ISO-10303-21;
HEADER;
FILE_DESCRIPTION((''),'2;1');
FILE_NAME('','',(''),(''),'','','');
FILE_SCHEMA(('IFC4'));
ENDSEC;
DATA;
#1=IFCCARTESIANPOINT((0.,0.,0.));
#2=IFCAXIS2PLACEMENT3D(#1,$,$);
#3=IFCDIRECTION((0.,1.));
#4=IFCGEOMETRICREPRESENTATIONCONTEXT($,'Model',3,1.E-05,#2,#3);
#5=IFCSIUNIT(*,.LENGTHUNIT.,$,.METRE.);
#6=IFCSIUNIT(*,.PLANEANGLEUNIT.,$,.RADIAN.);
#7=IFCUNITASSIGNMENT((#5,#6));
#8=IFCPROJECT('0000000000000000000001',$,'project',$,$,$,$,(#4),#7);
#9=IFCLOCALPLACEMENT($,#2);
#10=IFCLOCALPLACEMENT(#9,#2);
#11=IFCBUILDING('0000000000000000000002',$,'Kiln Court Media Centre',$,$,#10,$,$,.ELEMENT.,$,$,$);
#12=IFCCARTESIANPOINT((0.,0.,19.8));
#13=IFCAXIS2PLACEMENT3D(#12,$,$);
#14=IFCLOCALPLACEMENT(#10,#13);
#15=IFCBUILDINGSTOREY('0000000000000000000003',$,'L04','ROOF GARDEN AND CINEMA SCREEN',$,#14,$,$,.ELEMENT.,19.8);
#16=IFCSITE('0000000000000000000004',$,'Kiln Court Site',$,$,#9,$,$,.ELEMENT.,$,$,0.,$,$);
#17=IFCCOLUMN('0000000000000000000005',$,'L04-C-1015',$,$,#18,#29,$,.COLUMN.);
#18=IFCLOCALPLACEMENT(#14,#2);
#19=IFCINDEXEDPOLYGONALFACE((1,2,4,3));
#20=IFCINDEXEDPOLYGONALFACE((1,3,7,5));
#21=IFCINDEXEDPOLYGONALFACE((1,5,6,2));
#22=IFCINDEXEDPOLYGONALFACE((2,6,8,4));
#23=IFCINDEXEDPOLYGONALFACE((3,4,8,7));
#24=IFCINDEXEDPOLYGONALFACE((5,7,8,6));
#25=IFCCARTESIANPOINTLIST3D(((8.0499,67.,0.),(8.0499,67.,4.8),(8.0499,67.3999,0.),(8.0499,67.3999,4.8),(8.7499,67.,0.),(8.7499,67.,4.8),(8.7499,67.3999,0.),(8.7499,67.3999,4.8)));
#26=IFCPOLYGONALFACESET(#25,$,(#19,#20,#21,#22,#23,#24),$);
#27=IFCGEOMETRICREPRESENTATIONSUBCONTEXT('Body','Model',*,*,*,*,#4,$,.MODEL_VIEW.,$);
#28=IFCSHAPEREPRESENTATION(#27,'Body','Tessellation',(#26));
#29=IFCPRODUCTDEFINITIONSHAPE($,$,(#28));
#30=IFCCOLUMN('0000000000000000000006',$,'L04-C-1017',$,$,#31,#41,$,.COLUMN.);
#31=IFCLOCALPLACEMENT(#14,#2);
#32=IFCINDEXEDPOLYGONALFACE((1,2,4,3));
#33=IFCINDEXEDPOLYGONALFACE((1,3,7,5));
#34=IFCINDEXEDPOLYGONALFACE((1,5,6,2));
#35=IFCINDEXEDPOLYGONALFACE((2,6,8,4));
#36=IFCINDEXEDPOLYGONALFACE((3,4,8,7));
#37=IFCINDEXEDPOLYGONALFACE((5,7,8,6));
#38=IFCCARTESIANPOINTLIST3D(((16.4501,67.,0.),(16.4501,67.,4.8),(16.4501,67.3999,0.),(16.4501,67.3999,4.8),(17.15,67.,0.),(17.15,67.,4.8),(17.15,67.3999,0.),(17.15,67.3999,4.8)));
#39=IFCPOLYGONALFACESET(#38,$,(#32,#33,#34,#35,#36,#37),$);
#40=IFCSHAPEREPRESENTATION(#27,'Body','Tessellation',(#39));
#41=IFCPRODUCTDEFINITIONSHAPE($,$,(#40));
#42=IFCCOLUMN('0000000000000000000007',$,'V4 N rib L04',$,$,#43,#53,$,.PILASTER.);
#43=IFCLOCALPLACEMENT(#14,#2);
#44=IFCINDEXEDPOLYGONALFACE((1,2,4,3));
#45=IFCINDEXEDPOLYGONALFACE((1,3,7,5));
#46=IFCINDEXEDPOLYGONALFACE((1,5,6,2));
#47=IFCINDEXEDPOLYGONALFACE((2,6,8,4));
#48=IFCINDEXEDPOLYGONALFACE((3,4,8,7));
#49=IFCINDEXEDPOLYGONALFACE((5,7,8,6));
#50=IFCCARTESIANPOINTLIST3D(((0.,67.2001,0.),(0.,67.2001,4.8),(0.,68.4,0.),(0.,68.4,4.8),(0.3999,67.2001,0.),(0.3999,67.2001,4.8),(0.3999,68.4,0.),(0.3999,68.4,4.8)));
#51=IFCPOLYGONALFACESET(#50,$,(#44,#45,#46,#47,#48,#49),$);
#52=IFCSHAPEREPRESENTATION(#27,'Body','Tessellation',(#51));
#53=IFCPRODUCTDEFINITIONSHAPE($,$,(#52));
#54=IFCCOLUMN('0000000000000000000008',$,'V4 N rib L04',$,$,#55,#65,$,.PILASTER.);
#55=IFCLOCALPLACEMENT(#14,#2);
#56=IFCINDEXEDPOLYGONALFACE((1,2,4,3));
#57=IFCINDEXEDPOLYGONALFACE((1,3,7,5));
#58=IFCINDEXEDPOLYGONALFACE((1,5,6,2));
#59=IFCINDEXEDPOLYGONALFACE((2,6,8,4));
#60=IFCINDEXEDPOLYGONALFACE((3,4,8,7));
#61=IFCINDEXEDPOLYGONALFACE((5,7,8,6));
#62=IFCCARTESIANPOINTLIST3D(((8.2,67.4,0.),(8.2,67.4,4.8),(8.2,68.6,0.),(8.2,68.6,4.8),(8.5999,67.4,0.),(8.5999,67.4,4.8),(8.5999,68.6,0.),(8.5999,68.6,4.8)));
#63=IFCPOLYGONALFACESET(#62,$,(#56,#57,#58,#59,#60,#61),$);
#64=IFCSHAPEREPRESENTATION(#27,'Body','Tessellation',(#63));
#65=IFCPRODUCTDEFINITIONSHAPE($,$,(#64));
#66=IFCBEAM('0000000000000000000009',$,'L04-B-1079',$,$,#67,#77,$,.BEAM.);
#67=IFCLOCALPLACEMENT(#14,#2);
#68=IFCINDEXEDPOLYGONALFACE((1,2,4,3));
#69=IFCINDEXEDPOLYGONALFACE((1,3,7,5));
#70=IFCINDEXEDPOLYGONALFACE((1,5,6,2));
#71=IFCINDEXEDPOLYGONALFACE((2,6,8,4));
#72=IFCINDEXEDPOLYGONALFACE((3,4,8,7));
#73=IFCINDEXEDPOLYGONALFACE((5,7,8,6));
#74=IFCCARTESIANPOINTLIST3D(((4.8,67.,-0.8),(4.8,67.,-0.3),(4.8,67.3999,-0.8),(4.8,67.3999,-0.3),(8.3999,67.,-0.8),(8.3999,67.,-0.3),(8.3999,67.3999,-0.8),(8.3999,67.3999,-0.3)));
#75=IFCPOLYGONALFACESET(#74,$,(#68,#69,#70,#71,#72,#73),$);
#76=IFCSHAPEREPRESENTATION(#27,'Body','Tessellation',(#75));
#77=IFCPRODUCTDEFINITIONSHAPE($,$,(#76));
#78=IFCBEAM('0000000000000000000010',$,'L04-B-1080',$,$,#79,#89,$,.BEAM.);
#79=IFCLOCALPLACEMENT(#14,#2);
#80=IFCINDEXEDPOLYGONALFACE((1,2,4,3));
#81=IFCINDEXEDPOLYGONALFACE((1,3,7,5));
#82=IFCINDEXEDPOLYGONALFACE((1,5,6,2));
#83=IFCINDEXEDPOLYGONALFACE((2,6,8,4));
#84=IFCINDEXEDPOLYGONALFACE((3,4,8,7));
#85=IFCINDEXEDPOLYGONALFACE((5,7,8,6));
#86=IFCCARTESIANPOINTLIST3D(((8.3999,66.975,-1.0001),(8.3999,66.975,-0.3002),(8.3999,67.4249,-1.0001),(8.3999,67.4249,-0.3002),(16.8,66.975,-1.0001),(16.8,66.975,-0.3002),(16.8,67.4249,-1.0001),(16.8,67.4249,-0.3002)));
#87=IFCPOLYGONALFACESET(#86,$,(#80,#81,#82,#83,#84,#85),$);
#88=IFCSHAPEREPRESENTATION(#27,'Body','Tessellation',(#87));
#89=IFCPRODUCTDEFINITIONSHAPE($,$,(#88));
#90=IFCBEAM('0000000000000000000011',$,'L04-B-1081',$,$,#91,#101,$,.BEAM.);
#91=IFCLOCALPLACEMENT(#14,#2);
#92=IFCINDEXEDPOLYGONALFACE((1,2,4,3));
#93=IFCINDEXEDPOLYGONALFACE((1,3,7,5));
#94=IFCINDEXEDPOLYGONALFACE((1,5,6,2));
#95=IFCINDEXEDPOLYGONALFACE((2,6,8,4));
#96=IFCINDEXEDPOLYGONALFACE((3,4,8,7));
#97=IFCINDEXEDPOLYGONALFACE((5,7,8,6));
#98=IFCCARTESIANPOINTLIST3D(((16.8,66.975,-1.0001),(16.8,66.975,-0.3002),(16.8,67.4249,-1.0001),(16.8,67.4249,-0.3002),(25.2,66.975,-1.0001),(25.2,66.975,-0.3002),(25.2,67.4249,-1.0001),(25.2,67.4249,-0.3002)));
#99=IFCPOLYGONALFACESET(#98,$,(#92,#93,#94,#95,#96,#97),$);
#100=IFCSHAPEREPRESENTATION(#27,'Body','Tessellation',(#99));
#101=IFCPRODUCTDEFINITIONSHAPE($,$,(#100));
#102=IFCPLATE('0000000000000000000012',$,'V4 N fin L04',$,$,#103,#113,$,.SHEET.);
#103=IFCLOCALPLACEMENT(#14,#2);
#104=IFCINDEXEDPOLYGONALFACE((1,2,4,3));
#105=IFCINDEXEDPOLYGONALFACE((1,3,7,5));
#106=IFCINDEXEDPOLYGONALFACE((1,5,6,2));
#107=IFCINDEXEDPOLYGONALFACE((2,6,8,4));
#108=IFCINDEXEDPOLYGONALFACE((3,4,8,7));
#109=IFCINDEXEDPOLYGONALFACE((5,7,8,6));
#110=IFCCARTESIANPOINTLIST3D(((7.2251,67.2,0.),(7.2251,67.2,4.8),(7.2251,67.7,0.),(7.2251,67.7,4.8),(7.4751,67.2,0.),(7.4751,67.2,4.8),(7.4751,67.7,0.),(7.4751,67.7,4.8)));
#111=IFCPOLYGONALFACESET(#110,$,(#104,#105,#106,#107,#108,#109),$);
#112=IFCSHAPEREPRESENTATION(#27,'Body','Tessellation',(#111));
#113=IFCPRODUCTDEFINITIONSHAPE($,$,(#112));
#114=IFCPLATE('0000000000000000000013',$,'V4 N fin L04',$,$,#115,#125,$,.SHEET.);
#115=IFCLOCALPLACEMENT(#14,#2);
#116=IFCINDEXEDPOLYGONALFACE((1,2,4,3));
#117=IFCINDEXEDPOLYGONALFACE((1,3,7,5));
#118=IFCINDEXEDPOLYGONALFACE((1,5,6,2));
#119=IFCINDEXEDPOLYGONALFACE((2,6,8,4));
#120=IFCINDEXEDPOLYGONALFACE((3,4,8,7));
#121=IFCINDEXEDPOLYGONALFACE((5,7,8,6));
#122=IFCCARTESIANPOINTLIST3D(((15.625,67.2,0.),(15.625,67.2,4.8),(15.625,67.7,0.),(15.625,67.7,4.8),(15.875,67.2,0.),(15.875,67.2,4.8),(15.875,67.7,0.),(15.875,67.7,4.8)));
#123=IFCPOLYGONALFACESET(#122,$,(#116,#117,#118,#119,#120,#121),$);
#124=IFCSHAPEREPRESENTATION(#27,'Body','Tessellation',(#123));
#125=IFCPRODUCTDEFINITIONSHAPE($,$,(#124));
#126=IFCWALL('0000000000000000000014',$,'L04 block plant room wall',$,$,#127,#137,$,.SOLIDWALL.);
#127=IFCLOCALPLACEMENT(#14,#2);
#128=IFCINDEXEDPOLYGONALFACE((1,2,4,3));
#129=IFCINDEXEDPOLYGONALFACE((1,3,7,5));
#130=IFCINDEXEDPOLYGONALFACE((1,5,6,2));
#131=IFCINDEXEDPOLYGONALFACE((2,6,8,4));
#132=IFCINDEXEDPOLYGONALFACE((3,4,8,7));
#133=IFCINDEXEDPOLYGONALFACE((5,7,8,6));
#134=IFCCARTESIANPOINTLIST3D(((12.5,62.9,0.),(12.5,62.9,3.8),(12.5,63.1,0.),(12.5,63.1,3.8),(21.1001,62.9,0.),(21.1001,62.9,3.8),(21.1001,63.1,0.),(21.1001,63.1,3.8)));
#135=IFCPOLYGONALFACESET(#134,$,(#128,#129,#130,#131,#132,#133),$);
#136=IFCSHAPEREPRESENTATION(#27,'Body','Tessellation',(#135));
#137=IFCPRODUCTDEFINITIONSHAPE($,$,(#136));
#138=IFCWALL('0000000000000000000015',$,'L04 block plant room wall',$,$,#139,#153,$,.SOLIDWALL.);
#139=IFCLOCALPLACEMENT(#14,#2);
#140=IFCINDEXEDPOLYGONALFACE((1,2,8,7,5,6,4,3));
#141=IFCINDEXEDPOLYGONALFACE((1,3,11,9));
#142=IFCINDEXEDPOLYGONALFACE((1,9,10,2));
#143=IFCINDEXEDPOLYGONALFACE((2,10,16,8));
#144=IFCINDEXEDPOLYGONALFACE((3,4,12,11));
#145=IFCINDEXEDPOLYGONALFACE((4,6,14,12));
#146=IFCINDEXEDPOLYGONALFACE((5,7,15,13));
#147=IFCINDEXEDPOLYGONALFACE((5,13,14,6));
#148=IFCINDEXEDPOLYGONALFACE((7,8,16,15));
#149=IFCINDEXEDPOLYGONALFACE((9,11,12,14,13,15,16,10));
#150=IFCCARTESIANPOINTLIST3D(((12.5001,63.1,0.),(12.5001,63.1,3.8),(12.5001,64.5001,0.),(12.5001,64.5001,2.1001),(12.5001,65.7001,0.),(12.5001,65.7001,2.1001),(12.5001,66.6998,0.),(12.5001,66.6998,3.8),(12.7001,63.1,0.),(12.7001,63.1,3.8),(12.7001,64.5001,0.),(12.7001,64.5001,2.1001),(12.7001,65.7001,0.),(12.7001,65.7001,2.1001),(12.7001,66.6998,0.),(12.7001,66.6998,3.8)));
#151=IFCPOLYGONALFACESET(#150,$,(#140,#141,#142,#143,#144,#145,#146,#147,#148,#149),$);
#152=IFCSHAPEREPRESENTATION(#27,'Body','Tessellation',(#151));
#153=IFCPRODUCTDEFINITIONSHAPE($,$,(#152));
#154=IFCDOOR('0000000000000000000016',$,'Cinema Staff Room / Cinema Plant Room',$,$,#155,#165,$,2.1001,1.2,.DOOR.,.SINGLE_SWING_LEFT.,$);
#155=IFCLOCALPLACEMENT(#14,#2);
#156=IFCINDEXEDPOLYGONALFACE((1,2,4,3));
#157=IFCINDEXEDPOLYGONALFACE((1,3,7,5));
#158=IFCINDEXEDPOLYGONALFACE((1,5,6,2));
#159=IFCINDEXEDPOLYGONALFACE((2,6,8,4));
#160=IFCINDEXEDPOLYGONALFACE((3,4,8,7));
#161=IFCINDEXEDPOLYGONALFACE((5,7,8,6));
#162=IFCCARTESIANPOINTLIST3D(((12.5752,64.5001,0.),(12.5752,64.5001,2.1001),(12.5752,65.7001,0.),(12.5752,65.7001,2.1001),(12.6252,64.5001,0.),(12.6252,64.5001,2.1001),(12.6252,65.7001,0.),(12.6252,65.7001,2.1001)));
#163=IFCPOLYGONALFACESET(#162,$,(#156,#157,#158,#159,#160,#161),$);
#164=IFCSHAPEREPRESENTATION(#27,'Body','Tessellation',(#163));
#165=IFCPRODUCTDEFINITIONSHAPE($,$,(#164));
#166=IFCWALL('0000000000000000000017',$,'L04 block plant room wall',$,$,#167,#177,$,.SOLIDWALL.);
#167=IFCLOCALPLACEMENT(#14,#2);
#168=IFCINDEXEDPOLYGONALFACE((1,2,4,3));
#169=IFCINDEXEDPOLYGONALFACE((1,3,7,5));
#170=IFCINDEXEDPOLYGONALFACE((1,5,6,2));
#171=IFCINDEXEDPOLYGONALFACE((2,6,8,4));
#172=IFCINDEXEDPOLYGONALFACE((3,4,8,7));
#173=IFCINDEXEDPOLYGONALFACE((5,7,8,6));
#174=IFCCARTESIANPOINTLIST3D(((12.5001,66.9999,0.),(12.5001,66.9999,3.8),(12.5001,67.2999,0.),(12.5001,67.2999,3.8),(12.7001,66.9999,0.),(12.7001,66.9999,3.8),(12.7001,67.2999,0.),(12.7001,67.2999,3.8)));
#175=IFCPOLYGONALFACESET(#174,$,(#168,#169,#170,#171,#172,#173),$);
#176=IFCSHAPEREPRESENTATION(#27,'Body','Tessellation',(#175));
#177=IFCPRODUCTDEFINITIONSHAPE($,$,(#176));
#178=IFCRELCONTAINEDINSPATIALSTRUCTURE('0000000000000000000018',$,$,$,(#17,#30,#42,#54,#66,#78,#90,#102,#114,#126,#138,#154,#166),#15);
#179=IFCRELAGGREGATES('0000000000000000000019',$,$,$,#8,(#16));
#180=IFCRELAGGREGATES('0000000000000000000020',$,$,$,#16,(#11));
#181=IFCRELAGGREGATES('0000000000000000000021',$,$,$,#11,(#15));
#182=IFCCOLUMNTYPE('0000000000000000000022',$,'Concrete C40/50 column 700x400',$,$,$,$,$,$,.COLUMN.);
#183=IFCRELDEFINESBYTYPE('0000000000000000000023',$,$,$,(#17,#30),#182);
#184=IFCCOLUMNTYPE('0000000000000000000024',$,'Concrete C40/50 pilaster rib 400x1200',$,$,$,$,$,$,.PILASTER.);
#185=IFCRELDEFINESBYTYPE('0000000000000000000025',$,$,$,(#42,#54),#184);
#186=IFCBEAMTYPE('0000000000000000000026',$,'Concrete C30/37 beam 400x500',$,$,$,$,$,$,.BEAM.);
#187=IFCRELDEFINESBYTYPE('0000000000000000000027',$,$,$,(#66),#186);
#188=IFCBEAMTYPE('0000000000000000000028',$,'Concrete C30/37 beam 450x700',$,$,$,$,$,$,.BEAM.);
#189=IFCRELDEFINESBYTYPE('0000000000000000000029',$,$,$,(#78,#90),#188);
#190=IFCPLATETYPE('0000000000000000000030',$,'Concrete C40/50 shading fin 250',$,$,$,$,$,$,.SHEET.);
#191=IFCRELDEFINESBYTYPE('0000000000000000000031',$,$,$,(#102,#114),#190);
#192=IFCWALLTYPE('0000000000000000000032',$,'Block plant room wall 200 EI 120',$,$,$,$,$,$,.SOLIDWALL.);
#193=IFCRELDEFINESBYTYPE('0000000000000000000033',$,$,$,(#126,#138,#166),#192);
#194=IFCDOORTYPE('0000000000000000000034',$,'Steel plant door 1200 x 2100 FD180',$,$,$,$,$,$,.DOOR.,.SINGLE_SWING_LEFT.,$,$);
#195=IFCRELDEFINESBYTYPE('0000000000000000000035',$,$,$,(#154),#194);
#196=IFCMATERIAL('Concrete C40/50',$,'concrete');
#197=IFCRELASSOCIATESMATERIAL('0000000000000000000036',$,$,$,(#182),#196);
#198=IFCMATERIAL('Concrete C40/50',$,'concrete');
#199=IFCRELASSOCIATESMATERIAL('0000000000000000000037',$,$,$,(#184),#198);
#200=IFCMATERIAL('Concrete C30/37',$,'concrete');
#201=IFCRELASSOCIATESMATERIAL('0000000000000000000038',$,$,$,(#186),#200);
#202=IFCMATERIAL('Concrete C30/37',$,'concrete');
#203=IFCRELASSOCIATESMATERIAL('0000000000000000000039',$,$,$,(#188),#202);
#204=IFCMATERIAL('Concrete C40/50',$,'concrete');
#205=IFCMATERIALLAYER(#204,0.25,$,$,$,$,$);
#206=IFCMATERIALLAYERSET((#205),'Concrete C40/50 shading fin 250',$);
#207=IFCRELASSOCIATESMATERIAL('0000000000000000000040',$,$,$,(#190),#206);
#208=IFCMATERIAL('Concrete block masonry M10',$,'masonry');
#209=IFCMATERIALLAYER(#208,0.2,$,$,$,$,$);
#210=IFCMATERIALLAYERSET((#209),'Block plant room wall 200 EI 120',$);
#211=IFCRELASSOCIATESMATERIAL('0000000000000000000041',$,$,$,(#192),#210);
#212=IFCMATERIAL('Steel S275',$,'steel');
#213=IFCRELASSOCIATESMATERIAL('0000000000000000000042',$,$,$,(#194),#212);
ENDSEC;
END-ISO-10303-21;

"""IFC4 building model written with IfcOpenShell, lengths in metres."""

from ifc_helpers import new_model, si_unit, direction, frame, frame_2d, origin, origin_2d, place, context, subcontext, project, spatial, rectangle, extrude, material, layer, layer_set, material_profile, profile_set, type_object, element, fill, save


model = new_model("IFC4")

# Units and contexts
model_context = context("Model", 3, precision=1e-05, world=origin(), true_north=direction((0.0, 1.0)))
body_context = subcontext(model_context, "Body", "Model", "MODEL_VIEW")
ifc_project = project(units=[si_unit("LENGTHUNIT", "METRE"), si_unit("PLANEANGLEUNIT", "RADIAN")], contexts=[model_context])

# Site, building, storey
site_placement = place(None, origin())
site = spatial("IfcSite", under=ifc_project, at=site_placement, Name="Kiln Court Site", CompositionType="ELEMENT", RefElevation=0.0)
building_placement = place(site_placement, origin())
building = spatial("IfcBuilding", under=site, at=building_placement, Name="Kiln Court Media Centre", CompositionType="ELEMENT")
storey_placement = place(building_placement, frame((0.0, 0.0, 19.8)))
storey = spatial("IfcBuildingStorey", under=building, at=storey_placement, Name="L04", Description="ROOF GARDEN AND CINEMA SCREEN", CompositionType="ELEMENT", Elevation=19.8)

# Columns
ifc_material_1 = material(Name="Concrete C40/50", Category="concrete")
ifc_material_profile_1 = material_profile(ifc_material_1, rectangle(XDim=0.7, YDim=0.3999, at=origin_2d()), Name="RC 700x400")
ifc_profile_set_1 = profile_set([ifc_material_profile_1], Name="Concrete C40/50")
column_type_1 = type_object("IfcColumnType", Name="Concrete C40/50 column 700x400", PredefinedType="COLUMN", material=ifc_profile_set_1)
for number, where, z_axis, x_axis, name in (
    (1, (8.3999, 67.2, 0.0), (0.0, 0.0, 1.0), (1.0, 0.0, 0.0), "L04-C-1015"),
    (2, (16.8, 67.2, 0.0), (0.0, 0.0, 1.0), (1.0, 0.0, 0.0), "L04-C-1017"),
):
    element("IfcColumn", number, at=place(storey_placement, frame(where, z_axis=z_axis, x_axis=x_axis)), inside=storey, type_object=column_type_1, Name=name, PredefinedType="COLUMN", context=body_context, shape_type="SweptSolid", body=[
        extrude(rectangle(XDim=0.7, YDim=0.3999, at=origin_2d()), origin(), (0.0, 0.0, 1.0), 4.8),
    ])
ifc_material_2 = material(Name="Concrete C40/50", Category="concrete")
ifc_material_profile_2 = material_profile(ifc_material_2, rectangle(XDim=0.3999, YDim=1.2, at=origin_2d()), Name="RC 400x1200")
ifc_profile_set_2 = profile_set([ifc_material_profile_2], Name="Concrete C40/50")
column_type_2 = type_object("IfcColumnType", Name="Concrete C40/50 pilaster rib 400x1200", PredefinedType="PILASTER", material=ifc_profile_set_2)
for number, where, z_axis, x_axis, name in (
    (3, (0.2, 67.8, 0.0), (0.0, 0.0, 1.0), (1.0, 0.0, 0.0), "V4 N rib L04"),
    (4, (8.3999, 68.0, 0.0), (0.0, 0.0, 1.0), (1.0, 0.0, 0.0), "V4 N rib L04"),
):
    element("IfcColumn", number, at=place(storey_placement, frame(where, z_axis=z_axis, x_axis=x_axis)), inside=storey, type_object=column_type_2, Name=name, PredefinedType="PILASTER", context=body_context, shape_type="SweptSolid", body=[
        extrude(rectangle(XDim=0.3999, YDim=1.2, at=origin_2d()), origin(), (0.0, 0.0, 1.0), 4.8),
    ])

# Beams
ifc_material_3 = material(Name="Concrete C30/37", Category="concrete")
ifc_material_profile_3 = material_profile(ifc_material_3, rectangle(XDim=0.3999, YDim=0.5, at=origin_2d()), Name="RC 400x500")
ifc_profile_set_3 = profile_set([ifc_material_profile_3], Name="Concrete C30/37")
beam_type_1 = type_object("IfcBeamType", Name="Concrete C30/37 beam 400x500", PredefinedType="BEAM", material=ifc_profile_set_3)
beam_1_placement = place(storey_placement, frame((4.8, 67.2, -0.55), z_axis=(1.0, 0.0, 0.0), x_axis=(0.0, 1.0, 0.0)))
element("IfcBeam", 5, at=beam_1_placement, inside=storey, type_object=beam_type_1, Name="L04-B-1079", PredefinedType="BEAM", context=body_context, shape_type="SweptSolid", body=[
    extrude(rectangle(XDim=0.3999, YDim=0.5, at=origin_2d()), origin(), (0.0, 0.0, 1.0), 3.5999),
])
ifc_material_4 = material(Name="Concrete C30/37", Category="concrete")
ifc_material_profile_4 = material_profile(ifc_material_4, rectangle(XDim=0.45, YDim=0.7, at=origin_2d()), Name="RC 450x700")
ifc_profile_set_4 = profile_set([ifc_material_profile_4], Name="Concrete C30/37")
beam_type_2 = type_object("IfcBeamType", Name="Concrete C30/37 beam 450x700", PredefinedType="BEAM", material=ifc_profile_set_4)
beam_2_placement = place(storey_placement, frame((8.3999, 67.2, -0.6501), z_axis=(1.0, 0.0, 0.0), x_axis=(0.0, 1.0, 0.0)))
element("IfcBeam", 6, at=beam_2_placement, inside=storey, type_object=beam_type_2, Name="L04-B-1080", PredefinedType="BEAM", context=body_context, shape_type="SweptSolid", body=[
    extrude(rectangle(XDim=0.45, YDim=0.7, at=origin_2d()), origin(), (0.0, 0.0, 1.0), 8.4001),
])
beam_3_placement = place(storey_placement, frame((16.8, 67.2, -0.6501), z_axis=(1.0, 0.0, 0.0), x_axis=(0.0, 1.0, 0.0)))
element("IfcBeam", 7, at=beam_3_placement, inside=storey, type_object=beam_type_2, Name="L04-B-1081", PredefinedType="BEAM", context=body_context, shape_type="SweptSolid", body=[
    extrude(rectangle(XDim=0.45, YDim=0.7, at=origin_2d()), origin(), (0.0, 0.0, 1.0), 8.3999),
])

# Plates
ifc_material_5 = material(Name="Concrete C40/50", Category="concrete")
ifc_layer_1 = layer(ifc_material_5, 0.25)
ifc_layer_set_1 = layer_set([ifc_layer_1], Name="Concrete C40/50 shading fin 250")
plate_type = type_object("IfcPlateType", Name="Concrete C40/50 shading fin 250", PredefinedType="SHEET", material=ifc_layer_set_1)
for number, where, z_axis, x_axis, name in (
    (8, (7.3501, 67.45, 0.0), (0.0, 0.0, 1.0), (1.0, 0.0, 0.0), "V4 N fin L04"),
    (9, (15.75, 67.45, 0.0), (0.0, 0.0, 1.0), (1.0, 0.0, 0.0), "V4 N fin L04"),
):
    element("IfcPlate", number, at=place(storey_placement, frame(where, z_axis=z_axis, x_axis=x_axis)), inside=storey, type_object=plate_type, Name=name, PredefinedType="SHEET", context=body_context, shape_type="SweptSolid", body=[
        extrude(rectangle(XDim=0.25, YDim=0.5, at=origin_2d()), origin(), (0.0, 0.0, 1.0), 4.8),
    ])

# Wall
ifc_material_6 = material(Name="Concrete block masonry M10", Category="masonry")
ifc_layer_2 = layer(ifc_material_6, 0.2)
ifc_layer_set_2 = layer_set([ifc_layer_2], Name="Block plant room wall 200 EI 120")
wall_type_1 = type_object("IfcWallType", Name="Block plant room wall 200 EI 120", PredefinedType="SOLIDWALL", material=ifc_layer_set_2)
wall_1_placement = place(storey_placement, frame((12.5, 63.0, 0.0), z_axis=(0.0, 0.0, 1.0), x_axis=(1.0, 0.0, 0.0)))
element("IfcWall", 10, at=wall_1_placement, inside=storey, type_object=wall_type_1, Name="L04 block plant room wall", PredefinedType="SOLIDWALL", context=body_context, shape_type="SweptSolid", body=[
    extrude(rectangle(XDim=8.6001, YDim=0.2, at=frame_2d((4.3, 0.0))), origin(), (0.0, 0.0, 1.0), 3.8),
])

# Wall, opening, door
wall_2_placement = place(storey_placement, frame((12.6001, 63.1001, 0.0), z_axis=(0.0, 0.0, 1.0), x_axis=(0.0, 1.0, 0.0)))
wall_2 = element("IfcWall", 11, at=wall_2_placement, inside=storey, type_object=wall_type_1, Name="L04 block plant room wall", PredefinedType="SOLIDWALL", context=body_context, shape_type="SweptSolid", body=[
    extrude(rectangle(XDim=3.5999, YDim=0.2, at=frame_2d((1.7998, 0.0))), origin(), (0.0, 0.0, 1.0), 3.8),
])
opening_1_placement = place(wall_2_placement, frame((1.3999, 0.0, 0.0)))
opening_1 = element("IfcOpeningElement", 12, at=opening_1_placement, cuts=wall_2, PredefinedType="OPENING", context=body_context, shape_type="SweptSolid", body=[
    extrude(rectangle(XDim=1.2, YDim=2.1001, at=frame_2d((0.6001, 1.05))), frame((0.0, 0.1099, 0.0), z_axis=(0.0, -1.0, 0.0), x_axis=(1.0, 0.0, 0.0)), (0.0, 0.0, 1.0), 0.22),
])
ifc_material_7 = material(Name="Steel S275", Category="steel")
door_type_1 = type_object("IfcDoorType", Name="Steel plant door 1200 x 2100 FD180", OperationType="SINGLE_SWING_LEFT", PredefinedType="DOOR", material=ifc_material_7)
door_1_placement = place(opening_1_placement, origin())
door_1 = element("IfcDoor", 13, at=door_1_placement, inside=storey, type_object=door_type_1, Name="Cinema Staff Room / Cinema Plant Room", OperationType="SINGLE_SWING_LEFT", OverallHeight=2.1001, OverallWidth=1.2, PredefinedType="DOOR", context=body_context, shape_type="SweptSolid", body=[
    extrude(rectangle(XDim=1.2, YDim=2.1001, at=frame_2d((0.6001, 1.05))), frame((0.0, 0.0249, 0.0), z_axis=(0.0, -1.0, 0.0), x_axis=(1.0, 0.0, 0.0)), (0.0, 0.0, 1.0), 0.05),
])
fill(opening_1, door_1)

# Wall
wall_3_placement = place(storey_placement, frame((12.6001, 67.0, 0.0), z_axis=(0.0, 0.0, 1.0), x_axis=(0.0, 1.0, 0.0)))
element("IfcWall", 14, at=wall_3_placement, inside=storey, type_object=wall_type_1, Name="L04 block plant room wall", PredefinedType="SOLIDWALL", context=body_context, shape_type="SweptSolid", body=[
    extrude(rectangle(XDim=0.3, YDim=0.2, at=frame_2d((0.1499, 0.0))), origin(), (0.0, 0.0, 1.0), 3.8),
])

save(model, "model.ifc")
